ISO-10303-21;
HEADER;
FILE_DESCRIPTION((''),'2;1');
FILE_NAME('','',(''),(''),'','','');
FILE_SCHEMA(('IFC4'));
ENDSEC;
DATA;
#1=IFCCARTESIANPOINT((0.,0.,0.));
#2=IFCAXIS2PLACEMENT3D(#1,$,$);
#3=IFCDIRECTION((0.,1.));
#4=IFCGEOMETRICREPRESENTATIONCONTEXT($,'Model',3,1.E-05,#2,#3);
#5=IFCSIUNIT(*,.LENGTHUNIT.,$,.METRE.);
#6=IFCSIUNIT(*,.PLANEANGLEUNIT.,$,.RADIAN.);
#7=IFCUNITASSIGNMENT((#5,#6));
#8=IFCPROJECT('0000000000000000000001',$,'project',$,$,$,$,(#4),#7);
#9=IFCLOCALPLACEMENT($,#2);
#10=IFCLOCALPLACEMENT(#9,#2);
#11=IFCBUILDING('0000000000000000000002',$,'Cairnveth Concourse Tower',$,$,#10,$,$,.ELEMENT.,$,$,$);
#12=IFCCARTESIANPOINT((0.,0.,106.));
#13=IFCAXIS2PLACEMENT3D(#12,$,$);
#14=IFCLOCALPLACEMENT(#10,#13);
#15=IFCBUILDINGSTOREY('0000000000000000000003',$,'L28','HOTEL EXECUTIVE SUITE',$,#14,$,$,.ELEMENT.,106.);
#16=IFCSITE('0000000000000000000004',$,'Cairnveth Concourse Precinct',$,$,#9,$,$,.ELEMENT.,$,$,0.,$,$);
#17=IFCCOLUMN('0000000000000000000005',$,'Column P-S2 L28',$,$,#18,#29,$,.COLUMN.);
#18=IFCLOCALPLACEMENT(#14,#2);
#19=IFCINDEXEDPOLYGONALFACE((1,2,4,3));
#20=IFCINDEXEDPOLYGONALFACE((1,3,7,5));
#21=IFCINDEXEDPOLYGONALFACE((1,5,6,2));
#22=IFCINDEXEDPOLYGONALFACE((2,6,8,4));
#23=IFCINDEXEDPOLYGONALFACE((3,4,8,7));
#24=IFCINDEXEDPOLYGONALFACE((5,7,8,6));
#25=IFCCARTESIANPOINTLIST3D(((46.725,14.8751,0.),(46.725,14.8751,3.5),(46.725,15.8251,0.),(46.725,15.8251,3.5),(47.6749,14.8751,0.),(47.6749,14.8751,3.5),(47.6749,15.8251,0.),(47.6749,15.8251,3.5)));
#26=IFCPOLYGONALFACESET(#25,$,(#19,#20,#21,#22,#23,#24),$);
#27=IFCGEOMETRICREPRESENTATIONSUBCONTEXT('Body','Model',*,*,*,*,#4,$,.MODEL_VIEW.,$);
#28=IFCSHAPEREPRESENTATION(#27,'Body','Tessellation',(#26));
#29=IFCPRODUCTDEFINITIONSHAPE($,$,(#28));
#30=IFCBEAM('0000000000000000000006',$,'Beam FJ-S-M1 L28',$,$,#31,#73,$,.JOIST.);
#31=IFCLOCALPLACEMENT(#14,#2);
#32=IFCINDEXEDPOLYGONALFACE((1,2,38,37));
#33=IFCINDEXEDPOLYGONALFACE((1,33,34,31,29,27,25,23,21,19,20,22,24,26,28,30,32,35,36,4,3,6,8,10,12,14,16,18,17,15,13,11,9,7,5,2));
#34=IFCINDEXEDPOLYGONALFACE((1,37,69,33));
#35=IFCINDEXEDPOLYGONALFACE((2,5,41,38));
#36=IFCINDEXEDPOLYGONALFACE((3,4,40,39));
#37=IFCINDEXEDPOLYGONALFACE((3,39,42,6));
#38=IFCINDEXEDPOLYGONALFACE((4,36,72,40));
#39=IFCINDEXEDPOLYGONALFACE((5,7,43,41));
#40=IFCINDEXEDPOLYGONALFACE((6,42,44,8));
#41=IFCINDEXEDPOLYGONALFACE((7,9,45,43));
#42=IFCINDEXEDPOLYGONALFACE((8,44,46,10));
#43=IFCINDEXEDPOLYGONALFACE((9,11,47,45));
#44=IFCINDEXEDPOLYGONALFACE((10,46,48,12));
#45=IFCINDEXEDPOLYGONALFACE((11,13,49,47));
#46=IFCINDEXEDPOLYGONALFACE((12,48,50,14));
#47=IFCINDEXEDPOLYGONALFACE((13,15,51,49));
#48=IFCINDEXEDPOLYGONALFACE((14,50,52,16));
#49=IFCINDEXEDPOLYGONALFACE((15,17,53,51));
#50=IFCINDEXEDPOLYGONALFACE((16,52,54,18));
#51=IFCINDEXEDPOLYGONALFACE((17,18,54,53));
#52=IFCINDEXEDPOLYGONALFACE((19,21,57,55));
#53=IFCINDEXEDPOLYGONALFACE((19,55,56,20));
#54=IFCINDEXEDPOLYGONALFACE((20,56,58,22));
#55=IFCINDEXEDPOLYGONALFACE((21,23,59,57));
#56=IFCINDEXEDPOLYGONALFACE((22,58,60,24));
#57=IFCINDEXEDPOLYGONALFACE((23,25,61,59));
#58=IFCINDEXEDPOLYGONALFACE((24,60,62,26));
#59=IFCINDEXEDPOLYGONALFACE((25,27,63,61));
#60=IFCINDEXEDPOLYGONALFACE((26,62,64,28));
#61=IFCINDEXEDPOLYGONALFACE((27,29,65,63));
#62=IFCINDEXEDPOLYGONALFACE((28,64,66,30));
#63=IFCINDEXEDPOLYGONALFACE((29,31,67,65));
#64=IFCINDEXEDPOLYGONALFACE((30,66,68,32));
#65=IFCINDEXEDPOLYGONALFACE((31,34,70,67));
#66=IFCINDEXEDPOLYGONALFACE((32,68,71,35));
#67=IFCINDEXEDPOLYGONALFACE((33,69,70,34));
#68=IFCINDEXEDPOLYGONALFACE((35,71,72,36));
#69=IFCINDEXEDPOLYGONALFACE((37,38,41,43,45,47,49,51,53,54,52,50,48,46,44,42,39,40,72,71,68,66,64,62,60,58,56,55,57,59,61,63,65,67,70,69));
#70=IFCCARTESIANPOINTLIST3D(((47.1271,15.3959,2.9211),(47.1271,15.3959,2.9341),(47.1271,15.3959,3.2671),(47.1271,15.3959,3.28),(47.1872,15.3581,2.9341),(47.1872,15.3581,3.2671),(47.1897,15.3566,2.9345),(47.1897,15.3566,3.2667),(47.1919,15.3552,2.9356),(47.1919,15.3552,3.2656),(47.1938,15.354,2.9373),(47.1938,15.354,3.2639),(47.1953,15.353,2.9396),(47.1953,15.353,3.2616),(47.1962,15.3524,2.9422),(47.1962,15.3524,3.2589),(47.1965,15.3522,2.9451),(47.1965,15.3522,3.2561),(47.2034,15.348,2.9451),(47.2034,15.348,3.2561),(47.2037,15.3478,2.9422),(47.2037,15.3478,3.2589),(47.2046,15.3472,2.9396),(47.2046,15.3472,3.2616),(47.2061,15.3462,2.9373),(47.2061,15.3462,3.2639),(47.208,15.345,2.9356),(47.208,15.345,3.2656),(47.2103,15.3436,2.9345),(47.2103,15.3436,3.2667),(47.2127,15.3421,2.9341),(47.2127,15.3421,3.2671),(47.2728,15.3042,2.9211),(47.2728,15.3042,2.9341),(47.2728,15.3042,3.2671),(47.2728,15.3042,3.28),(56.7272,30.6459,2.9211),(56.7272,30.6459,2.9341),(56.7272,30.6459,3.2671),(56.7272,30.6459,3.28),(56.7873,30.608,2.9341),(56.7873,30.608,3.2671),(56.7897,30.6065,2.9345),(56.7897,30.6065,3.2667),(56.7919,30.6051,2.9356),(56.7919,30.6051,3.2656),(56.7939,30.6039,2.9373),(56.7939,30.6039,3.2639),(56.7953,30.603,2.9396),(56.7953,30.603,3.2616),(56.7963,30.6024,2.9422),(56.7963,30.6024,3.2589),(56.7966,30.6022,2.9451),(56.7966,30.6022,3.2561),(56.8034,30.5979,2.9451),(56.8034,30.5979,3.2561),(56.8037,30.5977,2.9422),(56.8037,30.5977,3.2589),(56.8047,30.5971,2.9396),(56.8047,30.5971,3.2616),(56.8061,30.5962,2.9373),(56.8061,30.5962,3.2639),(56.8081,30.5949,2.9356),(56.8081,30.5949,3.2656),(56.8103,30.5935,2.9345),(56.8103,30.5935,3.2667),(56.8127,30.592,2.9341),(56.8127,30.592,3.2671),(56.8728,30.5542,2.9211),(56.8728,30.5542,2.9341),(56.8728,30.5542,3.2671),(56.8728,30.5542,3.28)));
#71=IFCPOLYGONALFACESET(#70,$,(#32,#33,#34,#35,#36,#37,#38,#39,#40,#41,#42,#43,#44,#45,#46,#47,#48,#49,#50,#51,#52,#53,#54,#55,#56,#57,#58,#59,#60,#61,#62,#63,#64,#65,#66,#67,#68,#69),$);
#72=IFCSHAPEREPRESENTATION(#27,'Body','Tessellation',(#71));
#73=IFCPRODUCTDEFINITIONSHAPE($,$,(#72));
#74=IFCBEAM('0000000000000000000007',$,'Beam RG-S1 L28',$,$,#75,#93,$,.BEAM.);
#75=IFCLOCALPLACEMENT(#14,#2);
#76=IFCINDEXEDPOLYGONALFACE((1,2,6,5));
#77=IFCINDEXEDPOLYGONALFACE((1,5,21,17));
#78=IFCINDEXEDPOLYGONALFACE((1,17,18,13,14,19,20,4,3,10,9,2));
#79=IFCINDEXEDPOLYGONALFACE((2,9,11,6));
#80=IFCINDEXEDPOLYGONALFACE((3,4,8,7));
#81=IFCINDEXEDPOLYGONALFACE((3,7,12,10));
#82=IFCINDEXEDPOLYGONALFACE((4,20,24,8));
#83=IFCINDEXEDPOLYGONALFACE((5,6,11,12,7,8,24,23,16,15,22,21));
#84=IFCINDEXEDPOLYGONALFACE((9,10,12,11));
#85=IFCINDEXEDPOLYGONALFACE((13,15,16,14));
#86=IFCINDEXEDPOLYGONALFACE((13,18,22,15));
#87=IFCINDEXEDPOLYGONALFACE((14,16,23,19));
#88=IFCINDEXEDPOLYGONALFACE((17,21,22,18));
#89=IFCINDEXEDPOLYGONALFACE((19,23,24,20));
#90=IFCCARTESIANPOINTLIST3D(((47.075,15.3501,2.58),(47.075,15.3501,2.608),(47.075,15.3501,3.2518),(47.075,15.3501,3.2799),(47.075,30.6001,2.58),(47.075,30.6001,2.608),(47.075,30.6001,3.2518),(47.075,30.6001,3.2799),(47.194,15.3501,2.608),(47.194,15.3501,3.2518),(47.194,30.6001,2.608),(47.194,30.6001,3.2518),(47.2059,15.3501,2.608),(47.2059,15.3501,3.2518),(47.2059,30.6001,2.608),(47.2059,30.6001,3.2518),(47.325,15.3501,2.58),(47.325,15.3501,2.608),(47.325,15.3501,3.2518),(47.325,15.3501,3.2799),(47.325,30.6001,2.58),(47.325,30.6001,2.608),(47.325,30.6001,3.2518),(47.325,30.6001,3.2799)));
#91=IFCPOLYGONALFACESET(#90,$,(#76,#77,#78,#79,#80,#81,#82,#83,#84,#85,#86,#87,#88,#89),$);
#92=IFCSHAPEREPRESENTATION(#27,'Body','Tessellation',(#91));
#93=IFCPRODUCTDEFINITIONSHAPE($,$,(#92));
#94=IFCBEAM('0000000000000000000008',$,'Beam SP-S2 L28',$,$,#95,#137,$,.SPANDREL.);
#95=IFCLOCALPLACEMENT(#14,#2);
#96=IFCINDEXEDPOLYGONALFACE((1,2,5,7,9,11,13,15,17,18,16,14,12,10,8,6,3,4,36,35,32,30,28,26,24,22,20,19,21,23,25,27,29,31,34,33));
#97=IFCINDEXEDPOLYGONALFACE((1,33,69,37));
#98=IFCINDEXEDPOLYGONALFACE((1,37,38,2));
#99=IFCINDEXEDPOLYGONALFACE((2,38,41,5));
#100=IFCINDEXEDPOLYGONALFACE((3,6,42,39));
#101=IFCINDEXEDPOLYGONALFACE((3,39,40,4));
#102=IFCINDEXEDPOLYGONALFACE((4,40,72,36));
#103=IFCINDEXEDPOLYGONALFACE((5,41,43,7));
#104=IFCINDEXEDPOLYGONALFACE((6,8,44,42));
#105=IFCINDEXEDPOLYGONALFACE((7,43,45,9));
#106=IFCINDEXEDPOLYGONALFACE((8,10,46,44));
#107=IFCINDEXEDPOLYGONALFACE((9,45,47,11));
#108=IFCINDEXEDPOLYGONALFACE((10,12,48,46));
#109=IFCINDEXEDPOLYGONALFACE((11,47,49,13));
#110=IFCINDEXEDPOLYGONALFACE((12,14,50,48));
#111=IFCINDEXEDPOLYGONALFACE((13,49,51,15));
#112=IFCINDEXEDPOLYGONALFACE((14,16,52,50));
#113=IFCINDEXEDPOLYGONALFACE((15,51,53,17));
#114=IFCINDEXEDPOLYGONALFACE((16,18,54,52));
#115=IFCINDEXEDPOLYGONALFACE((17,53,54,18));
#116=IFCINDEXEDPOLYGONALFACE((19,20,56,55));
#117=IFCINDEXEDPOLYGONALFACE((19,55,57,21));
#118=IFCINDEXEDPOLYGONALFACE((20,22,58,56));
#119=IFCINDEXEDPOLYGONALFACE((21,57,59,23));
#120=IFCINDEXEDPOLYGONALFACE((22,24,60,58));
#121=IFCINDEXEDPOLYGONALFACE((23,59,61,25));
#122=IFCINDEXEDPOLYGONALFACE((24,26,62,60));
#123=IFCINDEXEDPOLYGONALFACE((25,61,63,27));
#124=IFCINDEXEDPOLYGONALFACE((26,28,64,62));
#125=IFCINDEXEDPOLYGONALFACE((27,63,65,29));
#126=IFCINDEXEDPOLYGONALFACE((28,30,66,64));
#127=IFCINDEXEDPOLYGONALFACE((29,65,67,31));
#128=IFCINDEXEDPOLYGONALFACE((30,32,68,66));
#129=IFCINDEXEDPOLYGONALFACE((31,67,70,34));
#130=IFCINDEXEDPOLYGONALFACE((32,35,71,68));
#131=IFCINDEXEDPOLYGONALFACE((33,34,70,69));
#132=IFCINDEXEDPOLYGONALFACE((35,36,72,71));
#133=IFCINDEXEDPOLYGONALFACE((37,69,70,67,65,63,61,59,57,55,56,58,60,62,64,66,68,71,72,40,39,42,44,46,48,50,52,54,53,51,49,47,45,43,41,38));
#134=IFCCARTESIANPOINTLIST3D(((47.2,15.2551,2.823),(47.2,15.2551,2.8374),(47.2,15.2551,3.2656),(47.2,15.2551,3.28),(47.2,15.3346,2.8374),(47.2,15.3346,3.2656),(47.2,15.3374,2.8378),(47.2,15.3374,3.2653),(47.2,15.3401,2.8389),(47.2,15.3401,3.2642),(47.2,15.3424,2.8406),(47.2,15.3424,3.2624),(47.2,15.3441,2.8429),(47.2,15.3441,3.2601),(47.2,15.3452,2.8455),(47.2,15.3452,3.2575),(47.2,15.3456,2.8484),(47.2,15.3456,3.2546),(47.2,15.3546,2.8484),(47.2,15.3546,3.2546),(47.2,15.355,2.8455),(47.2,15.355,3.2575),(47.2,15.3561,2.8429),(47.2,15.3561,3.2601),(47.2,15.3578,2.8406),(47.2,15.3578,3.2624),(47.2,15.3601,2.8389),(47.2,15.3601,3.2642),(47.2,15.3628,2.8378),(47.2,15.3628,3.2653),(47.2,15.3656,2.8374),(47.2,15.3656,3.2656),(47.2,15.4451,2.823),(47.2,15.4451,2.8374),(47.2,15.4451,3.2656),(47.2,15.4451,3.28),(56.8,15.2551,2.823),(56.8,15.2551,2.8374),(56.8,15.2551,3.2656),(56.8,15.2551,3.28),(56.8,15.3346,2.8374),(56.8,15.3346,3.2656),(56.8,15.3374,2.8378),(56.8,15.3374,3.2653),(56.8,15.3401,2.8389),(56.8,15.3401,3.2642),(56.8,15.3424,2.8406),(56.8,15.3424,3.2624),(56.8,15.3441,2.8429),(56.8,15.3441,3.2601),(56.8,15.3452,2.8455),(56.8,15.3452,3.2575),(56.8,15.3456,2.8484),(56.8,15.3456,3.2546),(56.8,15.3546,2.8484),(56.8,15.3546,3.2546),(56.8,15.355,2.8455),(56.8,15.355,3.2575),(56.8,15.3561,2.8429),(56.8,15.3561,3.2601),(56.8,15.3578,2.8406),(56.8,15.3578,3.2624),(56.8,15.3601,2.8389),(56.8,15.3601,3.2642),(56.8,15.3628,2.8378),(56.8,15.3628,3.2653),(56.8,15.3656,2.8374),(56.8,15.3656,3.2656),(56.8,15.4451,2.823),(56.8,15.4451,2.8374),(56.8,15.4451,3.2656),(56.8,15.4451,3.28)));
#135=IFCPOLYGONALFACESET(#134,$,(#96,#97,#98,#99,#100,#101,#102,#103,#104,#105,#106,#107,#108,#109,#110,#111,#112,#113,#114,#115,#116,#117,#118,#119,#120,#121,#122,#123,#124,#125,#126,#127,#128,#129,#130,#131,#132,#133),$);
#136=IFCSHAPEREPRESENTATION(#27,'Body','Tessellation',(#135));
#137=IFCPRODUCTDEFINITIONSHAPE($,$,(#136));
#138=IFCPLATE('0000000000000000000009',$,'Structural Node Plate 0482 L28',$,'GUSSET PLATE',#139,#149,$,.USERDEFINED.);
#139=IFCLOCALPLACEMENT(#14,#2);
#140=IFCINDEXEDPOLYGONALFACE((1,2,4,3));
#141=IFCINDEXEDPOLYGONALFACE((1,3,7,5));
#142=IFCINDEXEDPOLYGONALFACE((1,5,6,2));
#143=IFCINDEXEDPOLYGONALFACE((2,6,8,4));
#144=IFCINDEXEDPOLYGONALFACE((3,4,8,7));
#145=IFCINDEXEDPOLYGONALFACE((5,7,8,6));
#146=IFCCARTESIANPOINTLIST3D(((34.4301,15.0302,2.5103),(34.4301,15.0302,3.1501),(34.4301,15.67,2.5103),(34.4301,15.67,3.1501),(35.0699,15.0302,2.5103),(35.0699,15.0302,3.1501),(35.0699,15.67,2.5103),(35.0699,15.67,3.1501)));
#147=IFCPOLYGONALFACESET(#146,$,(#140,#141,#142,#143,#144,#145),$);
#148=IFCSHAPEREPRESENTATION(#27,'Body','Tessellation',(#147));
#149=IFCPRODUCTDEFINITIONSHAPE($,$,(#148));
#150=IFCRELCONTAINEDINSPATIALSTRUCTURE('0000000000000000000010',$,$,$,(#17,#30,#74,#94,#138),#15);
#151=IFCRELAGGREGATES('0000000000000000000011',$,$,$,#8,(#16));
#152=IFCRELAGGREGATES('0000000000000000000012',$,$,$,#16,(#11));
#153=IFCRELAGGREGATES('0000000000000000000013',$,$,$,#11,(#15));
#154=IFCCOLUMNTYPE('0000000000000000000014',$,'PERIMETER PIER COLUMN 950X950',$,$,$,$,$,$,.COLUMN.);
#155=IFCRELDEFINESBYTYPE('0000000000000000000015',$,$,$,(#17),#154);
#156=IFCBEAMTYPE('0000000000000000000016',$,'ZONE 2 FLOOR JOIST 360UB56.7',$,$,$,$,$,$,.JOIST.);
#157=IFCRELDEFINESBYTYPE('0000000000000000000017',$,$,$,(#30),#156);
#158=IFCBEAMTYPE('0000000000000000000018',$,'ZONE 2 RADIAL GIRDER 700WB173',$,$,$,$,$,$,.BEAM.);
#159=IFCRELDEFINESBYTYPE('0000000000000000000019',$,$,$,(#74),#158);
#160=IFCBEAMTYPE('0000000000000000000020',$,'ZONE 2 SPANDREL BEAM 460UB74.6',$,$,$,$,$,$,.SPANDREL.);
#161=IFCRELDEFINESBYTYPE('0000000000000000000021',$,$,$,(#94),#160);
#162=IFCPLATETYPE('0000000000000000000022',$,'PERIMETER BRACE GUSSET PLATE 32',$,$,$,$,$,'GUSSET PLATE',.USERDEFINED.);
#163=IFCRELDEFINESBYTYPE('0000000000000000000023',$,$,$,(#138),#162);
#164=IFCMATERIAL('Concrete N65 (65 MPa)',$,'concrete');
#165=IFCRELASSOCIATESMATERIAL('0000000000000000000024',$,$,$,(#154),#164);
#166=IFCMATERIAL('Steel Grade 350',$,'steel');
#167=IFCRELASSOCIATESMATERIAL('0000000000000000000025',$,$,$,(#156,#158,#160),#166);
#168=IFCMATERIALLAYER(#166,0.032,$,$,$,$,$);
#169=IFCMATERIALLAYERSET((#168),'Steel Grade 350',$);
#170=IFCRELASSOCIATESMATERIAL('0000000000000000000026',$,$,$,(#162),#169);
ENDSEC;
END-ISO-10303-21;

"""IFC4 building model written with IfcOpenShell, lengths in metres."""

from ifc_helpers import new_model, si_unit, direction, frame, origin, origin_2d, place, context, subcontext, project, spatial, rectangle, i_section, extrude, material, layer, layer_set, material_profile, profile_set, type_object, element, save


model = new_model("IFC4")

# Units and contexts
model_context = context("Model", 3, precision=1e-05, world=origin(), true_north=direction((0.0, 1.0)))
body_context = subcontext(model_context, "Body", "Model", "MODEL_VIEW")
ifc_project = project(units=[si_unit("LENGTHUNIT", "METRE"), si_unit("PLANEANGLEUNIT", "RADIAN")], contexts=[model_context])

# Site, building, storey
site_placement = place(None, origin())
site = spatial("IfcSite", under=ifc_project, at=site_placement, Name="Cairnveth Concourse Precinct", CompositionType="ELEMENT", RefElevation=0.0)
building_placement = place(site_placement, origin())
building = spatial("IfcBuilding", under=site, at=building_placement, Name="Cairnveth Concourse Tower", CompositionType="ELEMENT")
storey_placement = place(building_placement, frame((0.0, 0.0, 106.0)))
storey = spatial("IfcBuildingStorey", under=building, at=storey_placement, Name="L28", Description="HOTEL EXECUTIVE SUITE", CompositionType="ELEMENT", Elevation=106.0)

# Column
ifc_material_1 = material(Name="Concrete N65 (65 MPa)", Category="concrete")
ifc_material_profile_1 = material_profile(ifc_material_1, rectangle(XDim=0.95, YDim=0.95, at=origin_2d()), Name="RC-COL-950x950")
ifc_profile_set_1 = profile_set([ifc_material_profile_1], Name="Concrete N65 (65 MPa)")
column_type = type_object("IfcColumnType", Name="PERIMETER PIER COLUMN 950X950", PredefinedType="COLUMN", material=ifc_profile_set_1)
column_placement = place(storey_placement, frame((47.2, 15.3501, 0.0), z_axis=(0.0, 0.0, 1.0), x_axis=(1.0, 0.0, 0.0)))
element("IfcColumn", 1, at=column_placement, inside=storey, type_object=column_type, Name="Column P-S2 L28", PredefinedType="COLUMN", context=body_context, shape_type="SweptSolid", body=[
    extrude(rectangle(XDim=0.95, YDim=0.95, at=origin_2d()), origin(), (0.0, 0.0, 1.0), 3.5),
])

# Beams
ifc_material_2 = material(Name="Steel Grade 350", Category="steel")
ifc_material_profile_2 = material_profile(ifc_material_2, i_section(OverallWidth=0.1721, OverallDepth=0.3589, WebThickness=0.0081, FlangeThickness=0.0129, FilletRadius=0.011, at=origin_2d()), Name="360UB56.7")
ifc_profile_set_2 = profile_set([ifc_material_profile_2], Name="Steel Grade 350")
beam_type_1 = type_object("IfcBeamType", Name="ZONE 2 FLOOR JOIST 360UB56.7", PredefinedType="JOIST", material=ifc_profile_set_2)
beam_1_placement = place(storey_placement, frame((47.2, 15.3501, 3.1006), z_axis=(0.532744, 0.846277, 0.0), x_axis=(-0.846277, 0.532744, 0.0)))
element("IfcBeam", 2, at=beam_1_placement, inside=storey, type_object=beam_type_1, Name="Beam FJ-S-M1 L28", PredefinedType="JOIST", context=body_context, shape_type="SweptSolid", body=[
    extrude(i_section(OverallWidth=0.1721, OverallDepth=0.3589, WebThickness=0.0081, FlangeThickness=0.0129, FilletRadius=0.011, at=origin_2d()), origin(), (0.0, 0.0, 1.0), 18.02),
])
ifc_material_profile_3 = material_profile(ifc_material_2, i_section(OverallWidth=0.25, OverallDepth=0.7, WebThickness=0.012, FlangeThickness=0.0281, at=origin_2d()), Name="700WB173")
ifc_profile_set_3 = profile_set([ifc_material_profile_3], Name="Steel Grade 350")
beam_type_2 = type_object("IfcBeamType", Name="ZONE 2 RADIAL GIRDER 700WB173", PredefinedType="BEAM", material=ifc_profile_set_3)
beam_2_placement = place(storey_placement, frame((47.2, 15.3501, 2.9299), z_axis=(0.0, 1.0, 0.0), x_axis=(-1.0, 0.0, 0.0)))
element("IfcBeam", 3, at=beam_2_placement, inside=storey, type_object=beam_type_2, Name="Beam RG-S1 L28", PredefinedType="BEAM", context=body_context, shape_type="SweptSolid", body=[
    extrude(i_section(OverallWidth=0.25, OverallDepth=0.7, WebThickness=0.012, FlangeThickness=0.0281, at=origin_2d()), origin(), (0.0, 0.0, 1.0), 15.25),
])
ifc_material_profile_4 = material_profile(ifc_material_2, i_section(OverallWidth=0.1899, OverallDepth=0.457, WebThickness=0.009, FlangeThickness=0.0144, FilletRadius=0.011, at=origin_2d()), Name="460UB74.6")
ifc_profile_set_4 = profile_set([ifc_material_profile_4], Name="Steel Grade 350")
beam_type_3 = type_object("IfcBeamType", Name="ZONE 2 SPANDREL BEAM 460UB74.6", PredefinedType="SPANDREL", material=ifc_profile_set_4)
beam_3_placement = place(storey_placement, frame((47.2, 15.3501, 3.0515), z_axis=(1.0, 0.0, 0.0), x_axis=(0.0, 1.0, 0.0)))
element("IfcBeam", 4, at=beam_3_placement, inside=storey, type_object=beam_type_3, Name="Beam SP-S2 L28", PredefinedType="SPANDREL", context=body_context, shape_type="SweptSolid", body=[
    extrude(i_section(OverallWidth=0.1899, OverallDepth=0.457, WebThickness=0.009, FlangeThickness=0.0144, FilletRadius=0.011, at=origin_2d()), origin(), (0.0, 0.0, 1.0), 9.6001),
])

# Plate
ifc_layer_1 = layer(ifc_material_2, 0.032)
ifc_layer_set_1 = layer_set([ifc_layer_1], Name="Steel Grade 350")
plate_type = type_object("IfcPlateType", Name="PERIMETER BRACE GUSSET PLATE 32", ElementType="GUSSET PLATE", PredefinedType="USERDEFINED", material=ifc_layer_set_1)
plate_placement = place(storey_placement, frame((34.75, 15.3501, 2.5103), z_axis=(0.0, 0.0, 1.0), x_axis=(1.0, 0.0, 0.0)))
element("IfcPlate", 5, at=plate_placement, inside=storey, type_object=plate_type, Name="Structural Node Plate 0482 L28", ObjectType="GUSSET PLATE", PredefinedType="USERDEFINED", context=body_context, shape_type="SweptSolid", body=[
    extrude(rectangle(XDim=0.6399, YDim=0.6399, at=origin_2d()), origin(), (0.0, 0.0, 1.0), 0.6399),
])

save(model, "model.ifc")
